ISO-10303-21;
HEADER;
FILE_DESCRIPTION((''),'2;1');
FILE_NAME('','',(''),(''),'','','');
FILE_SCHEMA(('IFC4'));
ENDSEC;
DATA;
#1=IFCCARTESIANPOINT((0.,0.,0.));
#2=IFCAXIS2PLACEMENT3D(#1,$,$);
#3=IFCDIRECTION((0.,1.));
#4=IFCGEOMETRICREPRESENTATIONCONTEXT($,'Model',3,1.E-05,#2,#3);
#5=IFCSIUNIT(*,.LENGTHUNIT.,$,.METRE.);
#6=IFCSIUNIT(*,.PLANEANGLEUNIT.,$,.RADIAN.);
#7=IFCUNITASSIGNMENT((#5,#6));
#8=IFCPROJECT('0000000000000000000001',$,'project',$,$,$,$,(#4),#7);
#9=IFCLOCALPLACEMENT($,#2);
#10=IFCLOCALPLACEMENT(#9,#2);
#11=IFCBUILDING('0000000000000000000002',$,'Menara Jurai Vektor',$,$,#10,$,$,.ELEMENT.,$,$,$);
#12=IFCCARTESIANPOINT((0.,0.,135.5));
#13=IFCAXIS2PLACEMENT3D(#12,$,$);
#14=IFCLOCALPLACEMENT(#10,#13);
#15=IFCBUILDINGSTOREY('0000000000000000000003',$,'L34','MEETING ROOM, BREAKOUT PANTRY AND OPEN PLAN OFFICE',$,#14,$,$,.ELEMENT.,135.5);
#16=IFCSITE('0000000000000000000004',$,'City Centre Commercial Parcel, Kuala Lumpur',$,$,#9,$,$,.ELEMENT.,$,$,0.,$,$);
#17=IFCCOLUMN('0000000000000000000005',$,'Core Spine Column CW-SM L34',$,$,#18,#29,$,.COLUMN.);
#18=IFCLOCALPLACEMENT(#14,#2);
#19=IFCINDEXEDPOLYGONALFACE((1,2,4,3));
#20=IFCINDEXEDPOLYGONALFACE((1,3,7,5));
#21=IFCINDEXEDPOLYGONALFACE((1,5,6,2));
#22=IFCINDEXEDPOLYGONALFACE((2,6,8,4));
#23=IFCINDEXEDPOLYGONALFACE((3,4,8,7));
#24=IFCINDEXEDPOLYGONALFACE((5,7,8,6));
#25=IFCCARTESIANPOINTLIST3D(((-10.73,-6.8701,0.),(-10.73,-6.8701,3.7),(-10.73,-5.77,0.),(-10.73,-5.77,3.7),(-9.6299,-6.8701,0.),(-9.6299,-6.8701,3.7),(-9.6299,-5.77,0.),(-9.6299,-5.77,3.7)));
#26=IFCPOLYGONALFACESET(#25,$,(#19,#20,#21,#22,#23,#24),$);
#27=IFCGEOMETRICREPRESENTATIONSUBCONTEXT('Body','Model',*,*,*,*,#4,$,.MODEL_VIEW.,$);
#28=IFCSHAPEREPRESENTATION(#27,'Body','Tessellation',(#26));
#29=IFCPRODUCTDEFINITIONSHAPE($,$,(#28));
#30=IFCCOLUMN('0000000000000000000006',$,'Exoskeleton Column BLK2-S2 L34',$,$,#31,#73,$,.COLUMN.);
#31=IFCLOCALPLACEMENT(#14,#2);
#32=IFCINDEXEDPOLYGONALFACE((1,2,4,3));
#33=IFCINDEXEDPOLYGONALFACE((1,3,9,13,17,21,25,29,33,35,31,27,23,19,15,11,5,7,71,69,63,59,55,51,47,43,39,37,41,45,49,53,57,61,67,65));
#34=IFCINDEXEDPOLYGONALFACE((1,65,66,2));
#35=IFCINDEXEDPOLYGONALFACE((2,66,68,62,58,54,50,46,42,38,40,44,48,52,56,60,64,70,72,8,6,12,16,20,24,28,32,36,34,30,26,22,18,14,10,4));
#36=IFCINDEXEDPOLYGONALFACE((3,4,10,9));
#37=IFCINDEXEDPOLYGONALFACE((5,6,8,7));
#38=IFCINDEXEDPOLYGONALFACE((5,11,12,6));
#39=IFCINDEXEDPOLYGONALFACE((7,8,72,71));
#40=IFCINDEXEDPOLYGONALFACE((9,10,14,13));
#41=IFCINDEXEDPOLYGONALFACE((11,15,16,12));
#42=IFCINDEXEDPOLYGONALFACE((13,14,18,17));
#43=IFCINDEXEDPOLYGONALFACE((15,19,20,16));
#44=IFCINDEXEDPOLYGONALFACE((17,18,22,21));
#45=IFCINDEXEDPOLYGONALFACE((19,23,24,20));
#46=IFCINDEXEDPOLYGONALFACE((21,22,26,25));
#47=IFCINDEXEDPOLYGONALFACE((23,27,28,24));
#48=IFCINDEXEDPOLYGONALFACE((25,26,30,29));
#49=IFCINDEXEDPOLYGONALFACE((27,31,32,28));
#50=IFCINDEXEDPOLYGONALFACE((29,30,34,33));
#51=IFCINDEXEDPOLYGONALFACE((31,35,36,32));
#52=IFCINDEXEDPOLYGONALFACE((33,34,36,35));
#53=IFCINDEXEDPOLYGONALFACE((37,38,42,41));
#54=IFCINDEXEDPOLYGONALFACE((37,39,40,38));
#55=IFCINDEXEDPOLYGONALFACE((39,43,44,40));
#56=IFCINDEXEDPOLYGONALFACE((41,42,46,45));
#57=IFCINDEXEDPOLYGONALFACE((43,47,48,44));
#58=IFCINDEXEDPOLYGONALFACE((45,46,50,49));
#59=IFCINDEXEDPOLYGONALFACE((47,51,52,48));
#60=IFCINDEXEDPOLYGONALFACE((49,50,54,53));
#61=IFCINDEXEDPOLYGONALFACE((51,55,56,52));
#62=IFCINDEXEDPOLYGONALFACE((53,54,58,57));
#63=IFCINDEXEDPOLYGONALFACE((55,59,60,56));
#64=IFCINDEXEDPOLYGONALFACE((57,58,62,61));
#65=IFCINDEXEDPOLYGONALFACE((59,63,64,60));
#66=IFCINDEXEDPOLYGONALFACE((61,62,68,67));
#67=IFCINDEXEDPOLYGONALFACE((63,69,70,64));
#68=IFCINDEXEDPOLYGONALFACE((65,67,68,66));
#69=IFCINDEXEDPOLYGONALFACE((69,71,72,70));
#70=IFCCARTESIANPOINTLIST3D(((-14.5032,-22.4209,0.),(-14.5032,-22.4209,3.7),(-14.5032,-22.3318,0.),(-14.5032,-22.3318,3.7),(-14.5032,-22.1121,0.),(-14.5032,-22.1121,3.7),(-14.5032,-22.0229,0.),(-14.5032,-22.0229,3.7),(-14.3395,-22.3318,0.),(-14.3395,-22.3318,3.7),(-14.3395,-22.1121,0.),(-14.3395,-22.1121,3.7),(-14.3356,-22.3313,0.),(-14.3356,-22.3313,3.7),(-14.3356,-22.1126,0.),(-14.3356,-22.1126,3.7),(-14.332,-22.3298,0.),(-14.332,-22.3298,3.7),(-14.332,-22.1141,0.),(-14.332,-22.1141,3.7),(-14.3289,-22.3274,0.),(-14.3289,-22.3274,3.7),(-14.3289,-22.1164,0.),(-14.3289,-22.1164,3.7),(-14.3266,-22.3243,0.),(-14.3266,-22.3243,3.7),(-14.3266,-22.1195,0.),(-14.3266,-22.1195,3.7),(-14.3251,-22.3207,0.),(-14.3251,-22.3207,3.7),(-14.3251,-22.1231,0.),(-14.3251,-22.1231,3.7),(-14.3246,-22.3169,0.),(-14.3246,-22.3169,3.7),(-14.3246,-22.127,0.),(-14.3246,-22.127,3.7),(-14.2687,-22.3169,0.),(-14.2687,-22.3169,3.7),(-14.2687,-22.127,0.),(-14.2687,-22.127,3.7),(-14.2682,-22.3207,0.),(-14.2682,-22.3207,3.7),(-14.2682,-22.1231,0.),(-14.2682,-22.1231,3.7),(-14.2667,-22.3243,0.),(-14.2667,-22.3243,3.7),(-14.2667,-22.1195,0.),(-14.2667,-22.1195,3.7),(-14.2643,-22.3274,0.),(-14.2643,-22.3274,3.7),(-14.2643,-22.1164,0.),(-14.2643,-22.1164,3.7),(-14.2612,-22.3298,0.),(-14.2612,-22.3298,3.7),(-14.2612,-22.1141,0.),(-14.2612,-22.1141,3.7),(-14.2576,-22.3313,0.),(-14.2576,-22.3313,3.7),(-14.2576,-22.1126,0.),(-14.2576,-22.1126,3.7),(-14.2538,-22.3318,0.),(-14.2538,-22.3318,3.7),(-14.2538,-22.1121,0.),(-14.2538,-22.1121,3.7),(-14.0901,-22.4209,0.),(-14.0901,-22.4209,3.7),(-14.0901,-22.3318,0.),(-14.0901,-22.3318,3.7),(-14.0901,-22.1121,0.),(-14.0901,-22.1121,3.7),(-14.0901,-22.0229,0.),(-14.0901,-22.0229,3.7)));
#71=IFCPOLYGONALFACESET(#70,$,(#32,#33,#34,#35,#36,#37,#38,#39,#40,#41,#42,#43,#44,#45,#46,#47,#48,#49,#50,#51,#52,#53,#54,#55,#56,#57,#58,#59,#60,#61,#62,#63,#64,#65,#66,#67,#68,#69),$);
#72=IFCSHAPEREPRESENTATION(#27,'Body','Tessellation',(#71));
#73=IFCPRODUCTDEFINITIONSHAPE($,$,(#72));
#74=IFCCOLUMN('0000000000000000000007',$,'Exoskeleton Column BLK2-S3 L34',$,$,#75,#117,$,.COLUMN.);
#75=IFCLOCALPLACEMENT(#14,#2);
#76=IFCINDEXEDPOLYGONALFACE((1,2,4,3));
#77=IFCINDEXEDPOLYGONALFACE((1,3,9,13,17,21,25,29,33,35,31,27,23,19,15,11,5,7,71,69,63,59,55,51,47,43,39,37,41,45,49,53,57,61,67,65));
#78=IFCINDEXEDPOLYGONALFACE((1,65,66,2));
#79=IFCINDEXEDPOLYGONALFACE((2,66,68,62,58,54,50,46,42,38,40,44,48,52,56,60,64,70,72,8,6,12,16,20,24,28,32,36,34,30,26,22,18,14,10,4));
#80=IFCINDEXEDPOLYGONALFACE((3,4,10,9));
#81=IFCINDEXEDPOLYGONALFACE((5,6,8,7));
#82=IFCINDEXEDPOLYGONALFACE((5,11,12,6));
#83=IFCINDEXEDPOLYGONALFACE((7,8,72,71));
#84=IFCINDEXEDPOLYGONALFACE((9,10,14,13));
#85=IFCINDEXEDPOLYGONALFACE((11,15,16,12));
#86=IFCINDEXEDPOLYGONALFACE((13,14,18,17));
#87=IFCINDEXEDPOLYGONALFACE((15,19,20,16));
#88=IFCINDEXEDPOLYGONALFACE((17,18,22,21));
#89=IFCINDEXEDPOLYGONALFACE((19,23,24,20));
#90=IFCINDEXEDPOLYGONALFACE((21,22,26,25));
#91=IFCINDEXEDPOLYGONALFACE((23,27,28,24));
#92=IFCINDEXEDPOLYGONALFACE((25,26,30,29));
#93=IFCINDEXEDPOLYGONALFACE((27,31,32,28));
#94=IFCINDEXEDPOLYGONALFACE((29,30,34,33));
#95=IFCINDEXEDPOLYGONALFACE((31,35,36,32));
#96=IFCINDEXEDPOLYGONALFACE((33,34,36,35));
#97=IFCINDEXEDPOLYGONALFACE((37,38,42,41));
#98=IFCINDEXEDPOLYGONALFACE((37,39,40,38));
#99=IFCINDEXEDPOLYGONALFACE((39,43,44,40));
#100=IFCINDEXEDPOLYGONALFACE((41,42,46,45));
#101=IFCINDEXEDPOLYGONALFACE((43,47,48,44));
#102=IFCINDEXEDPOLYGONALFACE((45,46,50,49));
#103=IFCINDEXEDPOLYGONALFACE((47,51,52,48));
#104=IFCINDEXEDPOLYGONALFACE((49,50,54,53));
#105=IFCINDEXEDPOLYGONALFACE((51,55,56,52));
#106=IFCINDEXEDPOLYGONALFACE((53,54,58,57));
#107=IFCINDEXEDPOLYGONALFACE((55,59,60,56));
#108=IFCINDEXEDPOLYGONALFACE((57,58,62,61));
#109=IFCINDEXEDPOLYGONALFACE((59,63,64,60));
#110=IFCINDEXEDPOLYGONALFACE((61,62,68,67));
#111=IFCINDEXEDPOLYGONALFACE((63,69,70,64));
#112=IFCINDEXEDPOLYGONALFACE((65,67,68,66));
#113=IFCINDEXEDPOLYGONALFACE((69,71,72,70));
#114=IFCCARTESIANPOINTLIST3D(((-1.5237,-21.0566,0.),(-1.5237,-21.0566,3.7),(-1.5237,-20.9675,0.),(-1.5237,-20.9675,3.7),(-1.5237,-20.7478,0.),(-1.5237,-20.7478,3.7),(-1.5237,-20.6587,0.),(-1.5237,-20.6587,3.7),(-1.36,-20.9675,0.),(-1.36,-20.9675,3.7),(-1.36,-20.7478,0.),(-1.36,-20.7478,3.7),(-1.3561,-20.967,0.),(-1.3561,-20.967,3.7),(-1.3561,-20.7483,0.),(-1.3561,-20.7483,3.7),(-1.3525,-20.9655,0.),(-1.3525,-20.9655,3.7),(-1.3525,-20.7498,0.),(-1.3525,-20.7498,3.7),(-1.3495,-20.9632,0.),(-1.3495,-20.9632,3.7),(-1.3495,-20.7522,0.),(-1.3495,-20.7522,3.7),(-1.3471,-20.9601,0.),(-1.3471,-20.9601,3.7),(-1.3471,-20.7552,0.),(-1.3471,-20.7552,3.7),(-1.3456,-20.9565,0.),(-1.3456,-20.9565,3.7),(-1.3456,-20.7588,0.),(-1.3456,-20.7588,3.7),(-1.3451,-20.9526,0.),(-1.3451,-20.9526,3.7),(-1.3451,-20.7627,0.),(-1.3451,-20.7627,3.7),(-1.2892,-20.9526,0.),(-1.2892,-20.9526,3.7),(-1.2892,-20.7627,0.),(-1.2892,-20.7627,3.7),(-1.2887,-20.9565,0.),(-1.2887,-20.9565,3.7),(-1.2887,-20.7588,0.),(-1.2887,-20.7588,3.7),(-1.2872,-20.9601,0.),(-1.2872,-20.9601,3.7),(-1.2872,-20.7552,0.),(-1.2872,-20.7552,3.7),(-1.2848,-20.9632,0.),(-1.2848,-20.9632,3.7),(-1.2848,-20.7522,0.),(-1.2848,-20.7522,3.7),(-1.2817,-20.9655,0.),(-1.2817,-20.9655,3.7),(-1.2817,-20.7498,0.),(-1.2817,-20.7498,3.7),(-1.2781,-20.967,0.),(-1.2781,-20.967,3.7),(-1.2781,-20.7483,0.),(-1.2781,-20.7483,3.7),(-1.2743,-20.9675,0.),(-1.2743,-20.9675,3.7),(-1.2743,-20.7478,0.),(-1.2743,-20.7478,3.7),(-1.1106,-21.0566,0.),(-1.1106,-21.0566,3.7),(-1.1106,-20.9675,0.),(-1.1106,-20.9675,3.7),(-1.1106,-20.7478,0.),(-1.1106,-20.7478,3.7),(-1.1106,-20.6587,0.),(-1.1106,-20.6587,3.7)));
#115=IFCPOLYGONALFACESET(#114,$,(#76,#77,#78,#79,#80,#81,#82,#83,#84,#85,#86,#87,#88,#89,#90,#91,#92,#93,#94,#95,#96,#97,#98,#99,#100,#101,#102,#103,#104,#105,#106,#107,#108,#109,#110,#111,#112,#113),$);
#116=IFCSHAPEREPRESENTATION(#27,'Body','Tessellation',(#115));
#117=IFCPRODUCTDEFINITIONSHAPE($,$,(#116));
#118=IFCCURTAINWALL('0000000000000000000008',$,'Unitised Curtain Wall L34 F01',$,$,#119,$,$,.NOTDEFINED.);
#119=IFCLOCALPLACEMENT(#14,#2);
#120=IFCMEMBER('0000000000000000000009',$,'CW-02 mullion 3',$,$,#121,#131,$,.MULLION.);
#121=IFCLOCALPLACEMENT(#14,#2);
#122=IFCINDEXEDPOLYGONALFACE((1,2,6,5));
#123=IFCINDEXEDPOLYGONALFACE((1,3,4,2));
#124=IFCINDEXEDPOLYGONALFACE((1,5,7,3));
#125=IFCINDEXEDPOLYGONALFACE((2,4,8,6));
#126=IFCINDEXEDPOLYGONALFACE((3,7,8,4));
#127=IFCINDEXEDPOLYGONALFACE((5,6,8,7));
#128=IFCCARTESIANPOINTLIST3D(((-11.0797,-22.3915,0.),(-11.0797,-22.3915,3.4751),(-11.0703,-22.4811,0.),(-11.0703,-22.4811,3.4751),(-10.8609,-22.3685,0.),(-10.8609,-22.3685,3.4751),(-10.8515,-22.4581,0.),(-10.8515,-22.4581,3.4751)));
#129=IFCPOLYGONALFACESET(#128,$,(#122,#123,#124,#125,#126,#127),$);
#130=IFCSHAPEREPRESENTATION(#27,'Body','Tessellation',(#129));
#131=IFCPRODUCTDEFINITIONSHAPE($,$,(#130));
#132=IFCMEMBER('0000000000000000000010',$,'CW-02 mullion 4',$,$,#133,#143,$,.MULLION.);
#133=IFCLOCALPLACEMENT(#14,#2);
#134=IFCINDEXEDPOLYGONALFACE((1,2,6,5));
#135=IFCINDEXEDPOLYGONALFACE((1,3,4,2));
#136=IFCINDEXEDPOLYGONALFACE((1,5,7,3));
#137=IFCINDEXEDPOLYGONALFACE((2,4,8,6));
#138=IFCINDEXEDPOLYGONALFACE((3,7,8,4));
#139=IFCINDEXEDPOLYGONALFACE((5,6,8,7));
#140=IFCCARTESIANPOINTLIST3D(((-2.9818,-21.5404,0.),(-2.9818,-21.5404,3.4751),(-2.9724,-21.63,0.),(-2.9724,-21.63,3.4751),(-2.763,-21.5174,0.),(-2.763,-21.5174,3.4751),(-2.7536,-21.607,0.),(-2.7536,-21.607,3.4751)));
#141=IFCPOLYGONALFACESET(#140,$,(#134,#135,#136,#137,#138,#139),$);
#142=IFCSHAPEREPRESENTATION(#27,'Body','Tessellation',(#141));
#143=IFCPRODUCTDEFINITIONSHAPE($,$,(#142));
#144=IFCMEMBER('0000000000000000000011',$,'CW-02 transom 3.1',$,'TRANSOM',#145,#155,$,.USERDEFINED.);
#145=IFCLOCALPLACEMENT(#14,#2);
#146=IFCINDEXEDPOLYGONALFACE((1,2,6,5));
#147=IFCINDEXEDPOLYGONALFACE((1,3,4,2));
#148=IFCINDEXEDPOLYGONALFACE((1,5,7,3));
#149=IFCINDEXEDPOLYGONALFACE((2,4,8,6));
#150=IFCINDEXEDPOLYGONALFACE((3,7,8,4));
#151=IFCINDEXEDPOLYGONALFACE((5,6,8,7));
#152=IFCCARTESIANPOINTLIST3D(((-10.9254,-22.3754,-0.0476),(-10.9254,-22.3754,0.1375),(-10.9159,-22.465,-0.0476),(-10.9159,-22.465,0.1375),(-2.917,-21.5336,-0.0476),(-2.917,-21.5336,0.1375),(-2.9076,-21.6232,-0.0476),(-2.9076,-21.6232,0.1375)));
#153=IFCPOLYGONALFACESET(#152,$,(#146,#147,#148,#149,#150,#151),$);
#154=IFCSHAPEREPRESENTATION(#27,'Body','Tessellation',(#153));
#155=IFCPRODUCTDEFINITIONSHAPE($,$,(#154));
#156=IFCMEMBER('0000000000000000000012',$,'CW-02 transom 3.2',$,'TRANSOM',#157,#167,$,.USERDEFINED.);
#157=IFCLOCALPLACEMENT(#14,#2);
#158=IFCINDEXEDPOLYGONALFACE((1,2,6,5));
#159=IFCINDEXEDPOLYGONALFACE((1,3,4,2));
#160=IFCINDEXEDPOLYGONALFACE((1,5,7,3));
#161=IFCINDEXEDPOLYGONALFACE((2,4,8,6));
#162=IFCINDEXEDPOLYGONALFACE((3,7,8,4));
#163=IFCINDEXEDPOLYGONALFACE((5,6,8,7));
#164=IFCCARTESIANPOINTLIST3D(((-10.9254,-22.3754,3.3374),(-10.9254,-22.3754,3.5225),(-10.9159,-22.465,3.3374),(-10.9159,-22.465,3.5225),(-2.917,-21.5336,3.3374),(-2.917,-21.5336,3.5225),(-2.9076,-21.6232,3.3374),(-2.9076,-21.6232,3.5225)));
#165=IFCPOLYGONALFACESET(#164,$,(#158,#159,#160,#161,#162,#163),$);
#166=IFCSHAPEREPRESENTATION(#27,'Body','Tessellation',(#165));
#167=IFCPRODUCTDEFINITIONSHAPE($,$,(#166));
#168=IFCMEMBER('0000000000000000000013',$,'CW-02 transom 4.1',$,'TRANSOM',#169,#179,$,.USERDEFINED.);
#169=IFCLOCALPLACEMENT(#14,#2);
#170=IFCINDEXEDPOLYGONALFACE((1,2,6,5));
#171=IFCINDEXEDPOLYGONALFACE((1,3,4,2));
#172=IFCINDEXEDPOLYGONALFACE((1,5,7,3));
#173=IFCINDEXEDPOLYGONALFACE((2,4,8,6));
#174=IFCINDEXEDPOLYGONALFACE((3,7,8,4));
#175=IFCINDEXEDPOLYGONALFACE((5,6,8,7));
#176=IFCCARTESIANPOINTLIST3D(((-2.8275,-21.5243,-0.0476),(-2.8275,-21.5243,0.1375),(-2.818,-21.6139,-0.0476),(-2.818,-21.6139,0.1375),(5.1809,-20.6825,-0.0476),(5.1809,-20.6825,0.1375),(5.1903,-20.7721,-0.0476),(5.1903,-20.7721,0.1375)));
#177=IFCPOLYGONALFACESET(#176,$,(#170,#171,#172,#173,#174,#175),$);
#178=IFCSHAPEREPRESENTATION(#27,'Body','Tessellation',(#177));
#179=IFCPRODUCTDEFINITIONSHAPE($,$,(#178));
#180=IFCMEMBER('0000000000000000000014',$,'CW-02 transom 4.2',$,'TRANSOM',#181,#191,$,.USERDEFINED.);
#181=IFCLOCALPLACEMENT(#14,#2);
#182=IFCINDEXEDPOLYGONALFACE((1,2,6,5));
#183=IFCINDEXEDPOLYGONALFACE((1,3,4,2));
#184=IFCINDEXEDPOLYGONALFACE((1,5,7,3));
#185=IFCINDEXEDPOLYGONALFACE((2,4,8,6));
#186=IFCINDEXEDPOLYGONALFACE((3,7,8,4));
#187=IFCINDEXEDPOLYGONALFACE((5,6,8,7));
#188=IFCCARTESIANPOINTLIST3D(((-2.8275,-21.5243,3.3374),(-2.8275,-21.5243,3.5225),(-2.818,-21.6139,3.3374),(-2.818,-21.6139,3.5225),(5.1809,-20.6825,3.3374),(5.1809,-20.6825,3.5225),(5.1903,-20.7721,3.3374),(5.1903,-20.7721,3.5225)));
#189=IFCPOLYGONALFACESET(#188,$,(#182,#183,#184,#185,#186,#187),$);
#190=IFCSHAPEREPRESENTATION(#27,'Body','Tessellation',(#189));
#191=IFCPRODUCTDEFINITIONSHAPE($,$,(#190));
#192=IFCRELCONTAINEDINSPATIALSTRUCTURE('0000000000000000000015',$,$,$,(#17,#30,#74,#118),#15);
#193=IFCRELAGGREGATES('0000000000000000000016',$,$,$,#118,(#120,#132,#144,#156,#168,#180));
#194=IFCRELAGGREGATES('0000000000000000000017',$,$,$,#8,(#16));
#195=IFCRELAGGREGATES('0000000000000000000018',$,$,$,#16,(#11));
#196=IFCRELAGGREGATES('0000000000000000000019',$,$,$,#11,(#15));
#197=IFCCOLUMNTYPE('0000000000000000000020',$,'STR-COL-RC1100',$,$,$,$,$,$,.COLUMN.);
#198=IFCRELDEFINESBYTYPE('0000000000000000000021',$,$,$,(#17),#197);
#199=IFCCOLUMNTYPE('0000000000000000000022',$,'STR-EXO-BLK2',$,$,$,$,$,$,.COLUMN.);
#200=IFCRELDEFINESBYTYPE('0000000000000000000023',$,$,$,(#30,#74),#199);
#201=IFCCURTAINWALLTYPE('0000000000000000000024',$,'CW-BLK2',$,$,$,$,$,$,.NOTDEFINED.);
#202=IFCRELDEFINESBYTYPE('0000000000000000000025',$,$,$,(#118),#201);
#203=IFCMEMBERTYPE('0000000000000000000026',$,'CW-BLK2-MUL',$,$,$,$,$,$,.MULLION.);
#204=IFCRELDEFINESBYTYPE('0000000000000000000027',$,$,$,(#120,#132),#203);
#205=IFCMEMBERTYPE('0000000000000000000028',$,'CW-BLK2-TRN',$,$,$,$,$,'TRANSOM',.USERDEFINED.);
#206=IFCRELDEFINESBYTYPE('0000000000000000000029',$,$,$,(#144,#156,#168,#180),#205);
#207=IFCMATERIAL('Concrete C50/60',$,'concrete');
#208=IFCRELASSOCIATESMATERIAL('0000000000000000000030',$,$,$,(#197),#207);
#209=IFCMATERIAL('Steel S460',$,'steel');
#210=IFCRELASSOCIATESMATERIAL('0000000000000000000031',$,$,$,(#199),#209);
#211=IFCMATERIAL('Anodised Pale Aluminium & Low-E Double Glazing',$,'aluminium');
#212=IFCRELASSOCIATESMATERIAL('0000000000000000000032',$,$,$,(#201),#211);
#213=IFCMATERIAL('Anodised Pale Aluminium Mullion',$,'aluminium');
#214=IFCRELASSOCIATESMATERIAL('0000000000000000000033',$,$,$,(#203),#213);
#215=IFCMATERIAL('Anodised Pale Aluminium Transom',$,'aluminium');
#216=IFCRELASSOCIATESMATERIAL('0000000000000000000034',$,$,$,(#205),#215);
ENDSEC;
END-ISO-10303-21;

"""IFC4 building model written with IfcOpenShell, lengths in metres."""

from ifc_helpers import new_model, si_unit, direction, frame, origin, origin_2d, place, context, subcontext, project, spatial, rectangle, i_section, extrude, material, material_profile, profile_set, type_object, element, aggregate, save


model = new_model("IFC4")

# Units and contexts
model_context = context("Model", 3, precision=1e-05, world=origin(), true_north=direction((0.0, 1.0)))
body_context = subcontext(model_context, "Body", "Model", "MODEL_VIEW")
ifc_project = project(units=[si_unit("LENGTHUNIT", "METRE"), si_unit("PLANEANGLEUNIT", "RADIAN")], contexts=[model_context])

# Site, building, storey
site_placement = place(None, origin())
site = spatial("IfcSite", under=ifc_project, at=site_placement, Name="City Centre Commercial Parcel, Kuala Lumpur", CompositionType="ELEMENT", RefElevation=0.0)
building_placement = place(site_placement, origin())
building = spatial("IfcBuilding", under=site, at=building_placement, Name="Menara Jurai Vektor", CompositionType="ELEMENT")
storey_placement = place(building_placement, frame((0.0, 0.0, 135.5)))
storey = spatial("IfcBuildingStorey", under=building, at=storey_placement, Name="L34", Description="MEETING ROOM, BREAKOUT PANTRY AND OPEN PLAN OFFICE", CompositionType="ELEMENT", Elevation=135.5)

# Columns
ifc_material_1 = material(Name="Concrete C50/60", Category="concrete")
ifc_material_profile_1 = material_profile(ifc_material_1, rectangle(XDim=1.1001, YDim=1.1001, at=origin_2d()), Name="RC 1100x1100")
ifc_profile_set_1 = profile_set([ifc_material_profile_1], Name="Concrete C50/60")
column_type_1 = type_object("IfcColumnType", Name="STR-COL-RC1100", PredefinedType="COLUMN", material=ifc_profile_set_1)
column_placement = place(storey_placement, frame((-10.1799, -6.3201, 0.0), z_axis=(0.0, 0.0, 1.0), x_axis=(1.0, 0.0, 0.0)))
element("IfcColumn", 1, at=column_placement, inside=storey, type_object=column_type_1, Name="Core Spine Column CW-SM L34", PredefinedType="COLUMN", context=body_context, shape_type="SweptSolid", body=[
    extrude(rectangle(XDim=1.1001, YDim=1.1001, at=origin_2d()), origin(), (0.0, 0.0, 1.0), 3.7),
])
ifc_material_2 = material(Name="Steel S460", Category="steel")
ifc_material_profile_2 = material_profile(ifc_material_2, i_section(OverallWidth=0.4131, OverallDepth=0.3979, WebThickness=0.0559, FlangeThickness=0.0891, FilletRadius=0.0149, at=origin_2d()), Name="HD 400x744")
ifc_profile_set_2 = profile_set([ifc_material_profile_2], Name="Steel S460")
column_type_2 = type_object("IfcColumnType", Name="STR-EXO-BLK2", PredefinedType="COLUMN", material=ifc_profile_set_2)
for number, where, z_axis, x_axis, name in (
    (2, (-14.2966, -22.2219, 0.0), (0.0, 0.0, 1.0), (1.0, 0.0, 0.0), "Exoskeleton Column BLK2-S2 L34"),
    (3, (-1.3171, -20.8577, 0.0), (0.0, 0.0, 1.0), (1.0, 0.0, 0.0), "Exoskeleton Column BLK2-S3 L34"),
):
    element("IfcColumn", number, at=place(storey_placement, frame(where, z_axis=z_axis, x_axis=x_axis)), inside=storey, type_object=column_type_2, Name=name, PredefinedType="COLUMN", context=body_context, shape_type="SweptSolid", body=[
        extrude(i_section(OverallWidth=0.4131, OverallDepth=0.3979, WebThickness=0.0559, FlangeThickness=0.0891, FilletRadius=0.0149, at=origin_2d()), origin(), (0.0, 0.0, 1.0), 3.7),
    ])

# Curtain wall, members
ifc_material_3 = material(Name="Anodised Pale Aluminium & Low-E Double Glazing", Category="aluminium")
curtain_wall_type = type_object("IfcCurtainWallType", Name="CW-BLK2", PredefinedType="NOTDEFINED", material=ifc_material_3)
curtain_wall_placement = place(storey_placement, origin())
curtain_wall = element("IfcCurtainWall", 4, at=curtain_wall_placement, inside=storey, type_object=curtain_wall_type, Name="Unitised Curtain Wall L34 F01", PredefinedType="NOTDEFINED")
ifc_material_4 = material(Name="Anodised Pale Aluminium Mullion", Category="aluminium")
ifc_material_profile_3 = material_profile(ifc_material_4, rectangle(XDim=0.0901, YDim=0.22, at=origin_2d()), Name="ALU MUL 90x220")
ifc_profile_set_3 = profile_set([ifc_material_profile_3], Name="Anodised Pale Aluminium Mullion")
member_type_1 = type_object("IfcMemberType", Name="CW-BLK2-MUL", PredefinedType="MULLION", material=ifc_profile_set_3)
member_1_placement = place(storey_placement, frame((-10.9656, -22.4248, 0.0), z_axis=(0.0, 0.0, 1.0), x_axis=(-0.104529, 0.994522, 0.0)))
member_1 = element("IfcMember", 5, at=member_1_placement, type_object=member_type_1, Name="CW-02 mullion 3", PredefinedType="MULLION", context=body_context, shape_type="SweptSolid", body=[
    extrude(rectangle(XDim=0.0901, YDim=0.22, at=origin_2d()), origin(), (0.0, 0.0, 1.0), 3.4751),
])
member_2_placement = place(storey_placement, frame((-2.8677, -21.5737, 0.0), z_axis=(0.0, 0.0, 1.0), x_axis=(-0.104529, 0.994522, 0.0)))
member_2 = element("IfcMember", 6, at=member_2_placement, type_object=member_type_1, Name="CW-02 mullion 4", PredefinedType="MULLION", context=body_context, shape_type="SweptSolid", body=[
    extrude(rectangle(XDim=0.0901, YDim=0.22, at=origin_2d()), origin(), (0.0, 0.0, 1.0), 3.4751),
])
ifc_material_5 = material(Name="Anodised Pale Aluminium Transom", Category="aluminium")
ifc_material_profile_4 = material_profile(ifc_material_5, rectangle(XDim=0.0901, YDim=0.1851, at=origin_2d()), Name="ALU TRN 90x185")
ifc_profile_set_4 = profile_set([ifc_material_profile_4], Name="Anodised Pale Aluminium Transom")
member_type_2 = type_object("IfcMemberType", Name="CW-BLK2-TRN", ElementType="TRANSOM", PredefinedType="USERDEFINED", material=ifc_profile_set_4)
member_3_placement = place(storey_placement, frame((-10.9207, -22.4202, 0.0449), z_axis=(0.994521, 0.10454, 0.0), x_axis=(-0.10454, 0.994521, 0.0)))
member_3 = element("IfcMember", 7, at=member_3_placement, type_object=member_type_2, Name="CW-02 transom 3.1", ObjectType="TRANSOM", PredefinedType="USERDEFINED", context=body_context, shape_type="SweptSolid", body=[
    extrude(rectangle(XDim=0.0901, YDim=0.1851, at=origin_2d()), origin(), (0.0, 0.0, 1.0), 8.0525),
])
member_4_placement = place(storey_placement, frame((-10.9207, -22.4202, 3.4299), z_axis=(0.994521, 0.10454, 0.0), x_axis=(-0.10454, 0.994521, 0.0)))
member_4 = element("IfcMember", 8, at=member_4_placement, type_object=member_type_2, Name="CW-02 transom 3.2", ObjectType="TRANSOM", PredefinedType="USERDEFINED", context=body_context, shape_type="SweptSolid", body=[
    extrude(rectangle(XDim=0.0901, YDim=0.1851, at=origin_2d()), origin(), (0.0, 0.0, 1.0), 8.0525),
])
member_5_placement = place(storey_placement, frame((-2.8228, -21.5691, 0.0449), z_axis=(0.994521, 0.10454, 0.0), x_axis=(-0.10454, 0.994521, 0.0)))
member_5 = element("IfcMember", 9, at=member_5_placement, type_object=member_type_2, Name="CW-02 transom 4.1", ObjectType="TRANSOM", PredefinedType="USERDEFINED", context=body_context, shape_type="SweptSolid", body=[
    extrude(rectangle(XDim=0.0901, YDim=0.1851, at=origin_2d()), origin(), (0.0, 0.0, 1.0), 8.0525),
])
member_6_placement = place(storey_placement, frame((-2.8228, -21.5691, 3.4299), z_axis=(0.994521, 0.10454, 0.0), x_axis=(-0.10454, 0.994521, 0.0)))
member_6 = element("IfcMember", 10, at=member_6_placement, type_object=member_type_2, Name="CW-02 transom 4.2", ObjectType="TRANSOM", PredefinedType="USERDEFINED", context=body_context, shape_type="SweptSolid", body=[
    extrude(rectangle(XDim=0.0901, YDim=0.1851, at=origin_2d()), origin(), (0.0, 0.0, 1.0), 8.0525),
])

aggregate(curtain_wall, [member_1, member_2, member_3, member_4, member_5, member_6])

save(model, "model.ifc")
